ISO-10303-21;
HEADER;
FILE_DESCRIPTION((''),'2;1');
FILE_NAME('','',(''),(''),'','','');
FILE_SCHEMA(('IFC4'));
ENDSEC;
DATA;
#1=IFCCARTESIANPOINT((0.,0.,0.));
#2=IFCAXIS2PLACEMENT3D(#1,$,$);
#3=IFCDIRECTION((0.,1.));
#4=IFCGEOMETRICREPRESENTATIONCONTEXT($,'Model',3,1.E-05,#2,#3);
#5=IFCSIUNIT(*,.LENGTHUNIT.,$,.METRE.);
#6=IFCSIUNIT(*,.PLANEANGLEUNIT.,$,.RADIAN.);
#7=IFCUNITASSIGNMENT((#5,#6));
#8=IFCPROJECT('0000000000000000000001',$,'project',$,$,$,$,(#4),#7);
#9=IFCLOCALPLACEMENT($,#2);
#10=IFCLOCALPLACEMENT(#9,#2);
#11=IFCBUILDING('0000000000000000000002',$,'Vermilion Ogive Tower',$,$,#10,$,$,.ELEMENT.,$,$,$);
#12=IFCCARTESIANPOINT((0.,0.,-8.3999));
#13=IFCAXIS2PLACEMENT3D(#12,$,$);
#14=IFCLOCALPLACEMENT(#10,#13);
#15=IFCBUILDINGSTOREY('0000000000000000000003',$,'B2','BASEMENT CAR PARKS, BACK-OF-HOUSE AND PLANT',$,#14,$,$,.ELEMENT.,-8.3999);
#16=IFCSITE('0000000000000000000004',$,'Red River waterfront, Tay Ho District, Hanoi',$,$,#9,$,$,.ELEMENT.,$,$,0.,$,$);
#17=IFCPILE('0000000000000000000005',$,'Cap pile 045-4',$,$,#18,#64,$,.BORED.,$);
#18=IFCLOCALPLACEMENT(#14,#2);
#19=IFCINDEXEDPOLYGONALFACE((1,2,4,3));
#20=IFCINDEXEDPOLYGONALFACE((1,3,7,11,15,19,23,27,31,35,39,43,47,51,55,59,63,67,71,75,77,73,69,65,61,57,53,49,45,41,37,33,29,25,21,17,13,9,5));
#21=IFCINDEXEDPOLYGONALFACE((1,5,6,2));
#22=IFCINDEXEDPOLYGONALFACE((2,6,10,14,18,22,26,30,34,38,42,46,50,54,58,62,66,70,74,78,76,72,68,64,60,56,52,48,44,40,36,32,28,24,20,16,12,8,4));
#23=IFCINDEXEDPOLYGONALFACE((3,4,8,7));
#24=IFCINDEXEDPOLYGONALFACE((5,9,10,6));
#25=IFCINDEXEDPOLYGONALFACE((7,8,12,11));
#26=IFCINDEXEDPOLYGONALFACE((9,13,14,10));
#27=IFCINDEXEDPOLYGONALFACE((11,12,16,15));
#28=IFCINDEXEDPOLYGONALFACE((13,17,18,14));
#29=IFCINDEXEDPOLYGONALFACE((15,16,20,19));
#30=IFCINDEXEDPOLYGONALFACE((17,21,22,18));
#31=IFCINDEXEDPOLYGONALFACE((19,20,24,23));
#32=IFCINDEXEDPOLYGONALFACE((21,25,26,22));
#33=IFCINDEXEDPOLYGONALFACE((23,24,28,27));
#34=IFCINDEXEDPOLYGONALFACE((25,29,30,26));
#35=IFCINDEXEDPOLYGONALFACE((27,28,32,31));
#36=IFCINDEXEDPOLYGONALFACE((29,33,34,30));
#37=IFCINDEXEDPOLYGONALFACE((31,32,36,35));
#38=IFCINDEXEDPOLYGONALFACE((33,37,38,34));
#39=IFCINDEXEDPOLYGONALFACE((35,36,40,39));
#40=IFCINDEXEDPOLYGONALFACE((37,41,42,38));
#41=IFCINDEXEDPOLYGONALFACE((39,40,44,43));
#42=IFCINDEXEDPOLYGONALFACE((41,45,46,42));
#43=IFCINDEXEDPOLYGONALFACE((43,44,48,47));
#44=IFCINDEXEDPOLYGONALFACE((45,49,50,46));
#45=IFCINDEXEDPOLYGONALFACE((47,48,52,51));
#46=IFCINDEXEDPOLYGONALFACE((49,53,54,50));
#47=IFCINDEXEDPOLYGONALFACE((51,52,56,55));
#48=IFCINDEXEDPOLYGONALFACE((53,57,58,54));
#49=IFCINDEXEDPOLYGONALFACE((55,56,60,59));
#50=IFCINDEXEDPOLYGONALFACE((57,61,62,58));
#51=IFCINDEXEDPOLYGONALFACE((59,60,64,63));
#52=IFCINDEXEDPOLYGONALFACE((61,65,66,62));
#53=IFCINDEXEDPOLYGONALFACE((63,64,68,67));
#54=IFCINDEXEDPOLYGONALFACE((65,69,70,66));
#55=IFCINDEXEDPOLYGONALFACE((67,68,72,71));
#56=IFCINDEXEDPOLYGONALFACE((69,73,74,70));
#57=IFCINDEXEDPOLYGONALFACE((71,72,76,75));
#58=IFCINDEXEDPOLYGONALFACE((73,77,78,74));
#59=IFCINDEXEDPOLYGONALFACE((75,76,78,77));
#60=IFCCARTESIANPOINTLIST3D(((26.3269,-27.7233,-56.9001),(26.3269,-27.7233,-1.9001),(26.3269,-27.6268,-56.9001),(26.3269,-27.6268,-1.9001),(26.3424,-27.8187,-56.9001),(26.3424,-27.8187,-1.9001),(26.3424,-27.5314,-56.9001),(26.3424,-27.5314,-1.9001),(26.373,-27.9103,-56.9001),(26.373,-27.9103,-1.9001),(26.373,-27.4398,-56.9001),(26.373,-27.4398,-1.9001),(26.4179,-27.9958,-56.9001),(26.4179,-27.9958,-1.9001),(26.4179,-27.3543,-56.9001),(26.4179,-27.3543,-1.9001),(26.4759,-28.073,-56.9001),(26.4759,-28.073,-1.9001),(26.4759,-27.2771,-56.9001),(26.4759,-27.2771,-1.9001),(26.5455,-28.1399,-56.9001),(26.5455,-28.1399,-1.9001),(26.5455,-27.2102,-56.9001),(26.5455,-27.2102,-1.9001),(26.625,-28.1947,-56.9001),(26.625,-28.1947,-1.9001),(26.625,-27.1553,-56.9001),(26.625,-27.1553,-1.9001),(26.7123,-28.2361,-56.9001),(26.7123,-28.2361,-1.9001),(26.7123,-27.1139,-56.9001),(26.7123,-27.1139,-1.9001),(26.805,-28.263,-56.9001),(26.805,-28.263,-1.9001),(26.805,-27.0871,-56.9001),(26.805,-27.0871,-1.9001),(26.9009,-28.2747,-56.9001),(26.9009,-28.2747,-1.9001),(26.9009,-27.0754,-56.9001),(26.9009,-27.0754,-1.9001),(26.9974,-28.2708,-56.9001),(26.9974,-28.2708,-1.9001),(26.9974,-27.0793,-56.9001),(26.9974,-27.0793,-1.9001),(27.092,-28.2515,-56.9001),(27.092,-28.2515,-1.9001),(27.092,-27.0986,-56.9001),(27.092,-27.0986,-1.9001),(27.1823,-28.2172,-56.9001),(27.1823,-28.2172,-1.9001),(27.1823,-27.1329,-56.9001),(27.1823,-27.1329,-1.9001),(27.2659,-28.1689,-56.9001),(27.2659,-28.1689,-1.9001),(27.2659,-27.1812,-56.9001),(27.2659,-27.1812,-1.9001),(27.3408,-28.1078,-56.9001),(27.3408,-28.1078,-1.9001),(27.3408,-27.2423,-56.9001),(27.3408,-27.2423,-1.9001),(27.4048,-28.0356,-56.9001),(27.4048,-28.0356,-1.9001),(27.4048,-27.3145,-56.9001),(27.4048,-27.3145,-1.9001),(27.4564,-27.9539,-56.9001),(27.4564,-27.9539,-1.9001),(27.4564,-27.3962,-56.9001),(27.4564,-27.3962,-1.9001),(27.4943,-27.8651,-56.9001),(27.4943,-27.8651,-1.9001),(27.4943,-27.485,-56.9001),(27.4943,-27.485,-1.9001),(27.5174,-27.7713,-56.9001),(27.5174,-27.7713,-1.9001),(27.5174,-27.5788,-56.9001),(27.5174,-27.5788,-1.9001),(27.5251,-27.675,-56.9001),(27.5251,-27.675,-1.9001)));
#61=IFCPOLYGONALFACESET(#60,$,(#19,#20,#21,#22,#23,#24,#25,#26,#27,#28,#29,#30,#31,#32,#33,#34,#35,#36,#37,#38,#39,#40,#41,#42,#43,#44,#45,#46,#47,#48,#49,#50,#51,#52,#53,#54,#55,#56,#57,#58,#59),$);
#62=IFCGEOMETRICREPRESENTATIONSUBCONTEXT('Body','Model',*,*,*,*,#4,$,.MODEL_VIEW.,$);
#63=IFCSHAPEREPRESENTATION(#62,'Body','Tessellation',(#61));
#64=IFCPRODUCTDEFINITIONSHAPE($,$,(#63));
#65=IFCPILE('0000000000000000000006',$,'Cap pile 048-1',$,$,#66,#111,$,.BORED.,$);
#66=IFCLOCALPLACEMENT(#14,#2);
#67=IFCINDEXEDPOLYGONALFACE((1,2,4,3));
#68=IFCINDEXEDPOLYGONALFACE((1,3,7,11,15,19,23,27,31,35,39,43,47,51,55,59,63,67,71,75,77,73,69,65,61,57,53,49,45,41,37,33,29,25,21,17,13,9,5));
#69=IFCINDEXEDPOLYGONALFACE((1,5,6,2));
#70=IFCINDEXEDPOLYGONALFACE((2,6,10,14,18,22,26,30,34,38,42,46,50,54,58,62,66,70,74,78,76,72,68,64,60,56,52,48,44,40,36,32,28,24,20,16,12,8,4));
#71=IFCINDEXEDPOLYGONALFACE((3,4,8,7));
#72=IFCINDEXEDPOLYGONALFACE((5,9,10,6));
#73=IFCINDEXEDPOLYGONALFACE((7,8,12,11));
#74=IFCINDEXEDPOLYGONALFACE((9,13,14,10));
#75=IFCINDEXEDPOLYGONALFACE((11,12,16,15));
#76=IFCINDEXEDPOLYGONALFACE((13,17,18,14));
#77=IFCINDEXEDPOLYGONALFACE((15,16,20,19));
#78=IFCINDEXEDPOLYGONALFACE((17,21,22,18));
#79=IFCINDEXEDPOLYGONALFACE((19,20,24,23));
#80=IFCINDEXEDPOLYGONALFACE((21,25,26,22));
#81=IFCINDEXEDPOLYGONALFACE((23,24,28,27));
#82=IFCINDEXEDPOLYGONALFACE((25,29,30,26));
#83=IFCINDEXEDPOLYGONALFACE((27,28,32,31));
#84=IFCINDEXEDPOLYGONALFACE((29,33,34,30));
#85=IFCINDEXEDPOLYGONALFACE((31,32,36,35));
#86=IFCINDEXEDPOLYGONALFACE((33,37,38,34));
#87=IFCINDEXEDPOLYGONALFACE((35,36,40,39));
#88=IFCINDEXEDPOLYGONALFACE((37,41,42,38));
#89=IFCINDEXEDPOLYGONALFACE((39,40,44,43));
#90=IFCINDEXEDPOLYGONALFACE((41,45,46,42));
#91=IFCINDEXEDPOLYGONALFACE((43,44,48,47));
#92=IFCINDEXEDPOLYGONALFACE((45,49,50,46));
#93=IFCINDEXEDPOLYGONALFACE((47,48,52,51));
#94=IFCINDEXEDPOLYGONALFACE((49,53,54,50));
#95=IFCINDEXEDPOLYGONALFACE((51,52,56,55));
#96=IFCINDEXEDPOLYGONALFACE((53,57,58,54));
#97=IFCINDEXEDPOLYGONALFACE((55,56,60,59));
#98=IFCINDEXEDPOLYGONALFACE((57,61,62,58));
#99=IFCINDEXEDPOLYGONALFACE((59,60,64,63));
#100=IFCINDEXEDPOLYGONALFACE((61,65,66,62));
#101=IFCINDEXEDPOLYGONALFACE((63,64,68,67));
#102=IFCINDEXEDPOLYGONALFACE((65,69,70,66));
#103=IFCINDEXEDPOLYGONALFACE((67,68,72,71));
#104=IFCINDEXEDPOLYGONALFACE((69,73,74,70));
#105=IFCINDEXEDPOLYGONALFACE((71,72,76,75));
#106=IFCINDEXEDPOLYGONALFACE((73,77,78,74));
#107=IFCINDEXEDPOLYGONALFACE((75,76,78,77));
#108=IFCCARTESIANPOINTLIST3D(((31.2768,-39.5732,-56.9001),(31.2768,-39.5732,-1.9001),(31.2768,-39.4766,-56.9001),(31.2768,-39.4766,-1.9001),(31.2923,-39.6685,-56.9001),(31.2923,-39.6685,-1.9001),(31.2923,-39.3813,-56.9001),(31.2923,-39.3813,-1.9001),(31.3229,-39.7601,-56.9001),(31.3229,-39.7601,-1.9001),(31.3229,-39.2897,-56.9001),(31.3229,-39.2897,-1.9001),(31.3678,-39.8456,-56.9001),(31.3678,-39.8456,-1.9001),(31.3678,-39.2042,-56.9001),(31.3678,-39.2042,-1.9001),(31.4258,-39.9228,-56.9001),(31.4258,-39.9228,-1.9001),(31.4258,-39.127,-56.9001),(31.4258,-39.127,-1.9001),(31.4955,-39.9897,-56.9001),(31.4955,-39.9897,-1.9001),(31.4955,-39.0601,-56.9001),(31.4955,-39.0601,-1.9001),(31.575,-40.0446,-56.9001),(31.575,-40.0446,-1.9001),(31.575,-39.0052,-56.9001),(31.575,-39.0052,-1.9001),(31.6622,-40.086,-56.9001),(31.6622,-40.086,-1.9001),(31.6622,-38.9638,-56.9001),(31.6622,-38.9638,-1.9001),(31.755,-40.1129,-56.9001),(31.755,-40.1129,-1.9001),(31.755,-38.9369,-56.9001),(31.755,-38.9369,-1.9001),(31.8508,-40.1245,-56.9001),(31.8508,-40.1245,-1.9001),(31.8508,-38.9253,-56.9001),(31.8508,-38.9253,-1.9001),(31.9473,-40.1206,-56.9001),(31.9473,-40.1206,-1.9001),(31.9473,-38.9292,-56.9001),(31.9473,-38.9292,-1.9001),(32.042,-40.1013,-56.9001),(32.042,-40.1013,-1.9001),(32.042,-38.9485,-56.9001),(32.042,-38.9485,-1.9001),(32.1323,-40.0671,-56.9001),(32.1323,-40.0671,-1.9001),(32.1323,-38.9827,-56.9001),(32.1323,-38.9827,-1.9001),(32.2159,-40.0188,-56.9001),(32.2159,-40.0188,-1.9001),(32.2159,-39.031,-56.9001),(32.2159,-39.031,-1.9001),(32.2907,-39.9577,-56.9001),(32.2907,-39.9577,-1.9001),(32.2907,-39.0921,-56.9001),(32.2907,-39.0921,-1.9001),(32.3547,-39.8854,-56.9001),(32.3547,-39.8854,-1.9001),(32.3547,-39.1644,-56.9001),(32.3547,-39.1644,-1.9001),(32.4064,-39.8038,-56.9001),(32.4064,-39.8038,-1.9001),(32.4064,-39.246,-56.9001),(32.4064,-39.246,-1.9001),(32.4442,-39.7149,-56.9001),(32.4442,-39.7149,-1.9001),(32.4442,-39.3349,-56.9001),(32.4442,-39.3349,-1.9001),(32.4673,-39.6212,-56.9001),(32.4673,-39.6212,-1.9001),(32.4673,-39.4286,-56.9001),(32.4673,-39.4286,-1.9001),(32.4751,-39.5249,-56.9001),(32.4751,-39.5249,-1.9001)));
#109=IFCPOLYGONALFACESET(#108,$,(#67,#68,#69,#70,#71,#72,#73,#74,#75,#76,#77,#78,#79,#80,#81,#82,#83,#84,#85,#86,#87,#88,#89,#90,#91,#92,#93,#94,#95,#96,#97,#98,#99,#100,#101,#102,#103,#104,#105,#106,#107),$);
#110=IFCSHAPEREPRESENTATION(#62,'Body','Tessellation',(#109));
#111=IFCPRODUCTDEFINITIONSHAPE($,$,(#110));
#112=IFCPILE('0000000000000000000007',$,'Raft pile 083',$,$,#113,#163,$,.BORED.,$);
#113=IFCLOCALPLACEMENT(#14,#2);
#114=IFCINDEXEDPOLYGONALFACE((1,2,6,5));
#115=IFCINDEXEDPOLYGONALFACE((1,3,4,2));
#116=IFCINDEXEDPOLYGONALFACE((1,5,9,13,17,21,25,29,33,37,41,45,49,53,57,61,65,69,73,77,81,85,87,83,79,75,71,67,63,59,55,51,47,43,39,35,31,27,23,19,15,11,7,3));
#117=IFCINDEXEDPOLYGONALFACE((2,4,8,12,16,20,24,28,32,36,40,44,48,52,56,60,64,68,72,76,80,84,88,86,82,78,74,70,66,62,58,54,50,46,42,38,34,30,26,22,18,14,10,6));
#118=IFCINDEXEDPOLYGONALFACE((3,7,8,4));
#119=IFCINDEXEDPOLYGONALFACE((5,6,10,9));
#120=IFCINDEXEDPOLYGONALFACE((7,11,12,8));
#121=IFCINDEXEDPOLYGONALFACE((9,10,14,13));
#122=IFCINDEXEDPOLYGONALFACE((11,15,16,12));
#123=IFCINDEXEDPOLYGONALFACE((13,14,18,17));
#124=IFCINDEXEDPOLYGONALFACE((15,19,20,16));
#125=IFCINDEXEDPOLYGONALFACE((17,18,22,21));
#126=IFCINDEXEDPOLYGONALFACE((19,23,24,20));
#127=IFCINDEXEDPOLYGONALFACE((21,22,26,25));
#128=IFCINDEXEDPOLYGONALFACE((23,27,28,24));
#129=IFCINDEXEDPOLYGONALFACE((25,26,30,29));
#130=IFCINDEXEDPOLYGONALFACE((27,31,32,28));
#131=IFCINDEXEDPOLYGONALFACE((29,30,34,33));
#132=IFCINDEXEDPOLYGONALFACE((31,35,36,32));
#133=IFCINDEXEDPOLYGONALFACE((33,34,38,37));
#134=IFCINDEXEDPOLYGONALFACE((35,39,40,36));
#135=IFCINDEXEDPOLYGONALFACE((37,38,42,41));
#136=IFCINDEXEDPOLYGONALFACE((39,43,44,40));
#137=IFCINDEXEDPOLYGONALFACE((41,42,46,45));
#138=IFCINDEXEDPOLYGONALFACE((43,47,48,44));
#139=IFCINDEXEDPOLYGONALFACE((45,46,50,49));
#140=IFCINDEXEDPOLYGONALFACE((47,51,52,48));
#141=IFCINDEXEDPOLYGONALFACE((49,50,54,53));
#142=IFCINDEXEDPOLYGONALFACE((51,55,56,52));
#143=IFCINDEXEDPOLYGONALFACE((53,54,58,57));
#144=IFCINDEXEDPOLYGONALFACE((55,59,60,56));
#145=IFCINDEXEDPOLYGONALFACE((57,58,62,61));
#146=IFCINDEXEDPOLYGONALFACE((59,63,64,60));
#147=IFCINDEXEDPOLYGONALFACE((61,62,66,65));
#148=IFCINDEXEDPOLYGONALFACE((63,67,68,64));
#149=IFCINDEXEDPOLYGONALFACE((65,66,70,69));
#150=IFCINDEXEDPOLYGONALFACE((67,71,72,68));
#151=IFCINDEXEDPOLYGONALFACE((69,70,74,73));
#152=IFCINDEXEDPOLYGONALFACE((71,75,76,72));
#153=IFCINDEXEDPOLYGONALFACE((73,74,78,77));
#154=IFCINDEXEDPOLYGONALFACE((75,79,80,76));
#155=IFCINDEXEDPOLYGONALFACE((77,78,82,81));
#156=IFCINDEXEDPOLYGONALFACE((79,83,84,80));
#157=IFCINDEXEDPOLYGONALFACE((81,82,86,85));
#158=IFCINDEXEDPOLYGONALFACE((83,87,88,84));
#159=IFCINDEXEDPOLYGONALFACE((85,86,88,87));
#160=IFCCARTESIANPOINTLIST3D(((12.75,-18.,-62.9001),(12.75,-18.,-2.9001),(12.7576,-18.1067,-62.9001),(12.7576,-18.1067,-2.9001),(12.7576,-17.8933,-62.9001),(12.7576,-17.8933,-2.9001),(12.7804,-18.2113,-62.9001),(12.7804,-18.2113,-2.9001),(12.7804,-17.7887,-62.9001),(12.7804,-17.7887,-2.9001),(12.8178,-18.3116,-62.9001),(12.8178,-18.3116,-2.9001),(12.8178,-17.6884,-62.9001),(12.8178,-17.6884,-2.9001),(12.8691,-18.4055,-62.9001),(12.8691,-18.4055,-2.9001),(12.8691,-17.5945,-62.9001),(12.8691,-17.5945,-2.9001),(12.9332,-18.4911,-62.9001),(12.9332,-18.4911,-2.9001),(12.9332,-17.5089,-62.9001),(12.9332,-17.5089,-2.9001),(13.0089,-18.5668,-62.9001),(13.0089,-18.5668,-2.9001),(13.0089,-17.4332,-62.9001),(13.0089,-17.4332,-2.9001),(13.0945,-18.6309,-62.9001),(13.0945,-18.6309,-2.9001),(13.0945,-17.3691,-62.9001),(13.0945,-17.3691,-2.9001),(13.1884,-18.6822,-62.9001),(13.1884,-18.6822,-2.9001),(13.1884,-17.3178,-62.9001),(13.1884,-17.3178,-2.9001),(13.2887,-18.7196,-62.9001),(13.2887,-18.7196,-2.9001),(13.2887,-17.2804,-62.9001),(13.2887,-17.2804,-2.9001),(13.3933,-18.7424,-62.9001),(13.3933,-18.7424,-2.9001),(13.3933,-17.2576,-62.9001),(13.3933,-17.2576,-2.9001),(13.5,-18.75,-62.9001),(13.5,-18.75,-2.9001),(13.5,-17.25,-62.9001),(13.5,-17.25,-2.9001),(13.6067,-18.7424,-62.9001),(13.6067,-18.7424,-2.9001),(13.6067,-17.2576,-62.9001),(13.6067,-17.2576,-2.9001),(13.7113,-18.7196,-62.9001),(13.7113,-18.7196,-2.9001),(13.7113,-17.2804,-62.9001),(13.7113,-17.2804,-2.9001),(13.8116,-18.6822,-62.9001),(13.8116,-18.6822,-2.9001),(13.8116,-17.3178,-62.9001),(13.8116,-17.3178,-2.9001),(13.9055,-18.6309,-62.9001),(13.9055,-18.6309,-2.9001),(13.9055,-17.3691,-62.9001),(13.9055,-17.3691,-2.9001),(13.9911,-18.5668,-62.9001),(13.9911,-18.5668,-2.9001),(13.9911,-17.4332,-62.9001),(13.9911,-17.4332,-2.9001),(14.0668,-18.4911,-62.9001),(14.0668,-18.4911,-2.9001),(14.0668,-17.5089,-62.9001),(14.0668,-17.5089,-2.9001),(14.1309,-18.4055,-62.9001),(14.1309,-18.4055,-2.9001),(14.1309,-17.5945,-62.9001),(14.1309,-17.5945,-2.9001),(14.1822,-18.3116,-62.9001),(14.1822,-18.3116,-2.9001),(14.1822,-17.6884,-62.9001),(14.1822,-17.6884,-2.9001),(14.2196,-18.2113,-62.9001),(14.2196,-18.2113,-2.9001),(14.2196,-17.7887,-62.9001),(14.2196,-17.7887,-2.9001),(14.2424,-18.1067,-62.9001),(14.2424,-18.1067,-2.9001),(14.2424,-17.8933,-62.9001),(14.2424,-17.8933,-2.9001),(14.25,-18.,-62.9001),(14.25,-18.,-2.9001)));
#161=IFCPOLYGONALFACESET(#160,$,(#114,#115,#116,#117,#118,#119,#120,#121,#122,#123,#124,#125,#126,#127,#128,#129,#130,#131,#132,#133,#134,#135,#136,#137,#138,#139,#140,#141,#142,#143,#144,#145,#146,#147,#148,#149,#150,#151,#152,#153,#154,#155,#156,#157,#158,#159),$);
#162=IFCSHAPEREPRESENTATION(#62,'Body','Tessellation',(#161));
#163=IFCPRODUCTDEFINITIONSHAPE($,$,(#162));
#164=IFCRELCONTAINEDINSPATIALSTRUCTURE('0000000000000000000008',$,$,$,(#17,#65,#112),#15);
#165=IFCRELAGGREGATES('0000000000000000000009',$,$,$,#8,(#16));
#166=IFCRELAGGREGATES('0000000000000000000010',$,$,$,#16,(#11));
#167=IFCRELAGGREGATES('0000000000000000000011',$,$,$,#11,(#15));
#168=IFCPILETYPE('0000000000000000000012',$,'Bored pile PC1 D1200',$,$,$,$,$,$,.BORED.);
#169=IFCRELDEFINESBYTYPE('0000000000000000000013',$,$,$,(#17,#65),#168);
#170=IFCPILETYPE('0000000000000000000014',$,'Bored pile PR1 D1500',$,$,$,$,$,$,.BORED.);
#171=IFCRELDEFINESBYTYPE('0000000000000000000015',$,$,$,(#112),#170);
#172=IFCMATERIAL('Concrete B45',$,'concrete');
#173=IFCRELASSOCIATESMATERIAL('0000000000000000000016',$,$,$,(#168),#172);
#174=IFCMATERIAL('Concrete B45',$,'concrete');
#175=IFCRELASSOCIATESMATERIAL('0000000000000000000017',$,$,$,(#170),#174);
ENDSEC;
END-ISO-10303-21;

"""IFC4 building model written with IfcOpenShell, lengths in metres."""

from ifc_helpers import new_model, si_unit, direction, frame, origin, origin_2d, place, context, subcontext, project, spatial, circle, extrude, material, type_object, element, save


model = new_model("IFC4")

# Units and contexts
model_context = context("Model", 3, precision=1e-05, world=origin(), true_north=direction((0.0, 1.0)))
body_context = subcontext(model_context, "Body", "Model", "MODEL_VIEW")
ifc_project = project(units=[si_unit("LENGTHUNIT", "METRE"), si_unit("PLANEANGLEUNIT", "RADIAN")], contexts=[model_context])

# Site, building, storey
site_placement = place(None, origin())
site = spatial("IfcSite", under=ifc_project, at=site_placement, Name="Red River waterfront, Tay Ho District, Hanoi", CompositionType="ELEMENT", RefElevation=0.0)
building_placement = place(site_placement, origin())
building = spatial("IfcBuilding", under=site, at=building_placement, Name="Vermilion Ogive Tower", CompositionType="ELEMENT")
storey_placement = place(building_placement, frame((0.0, 0.0, -8.3999)))
storey = spatial("IfcBuildingStorey", under=building, at=storey_placement, Name="B2", Description="BASEMENT CAR PARKS, BACK-OF-HOUSE AND PLANT", CompositionType="ELEMENT", Elevation=-8.3999)

# Piles
ifc_material_1 = material(Name="Concrete B45", Category="concrete")
pile_type_1 = type_object("IfcPileType", Name="Bored pile PC1 D1200", PredefinedType="BORED", material=ifc_material_1)
for number, where, z_axis, x_axis, name in (
    (1, (26.925, -27.675, -1.9001), (0.0, 0.0, -1.0), (1.0, 0.0, 0.0), "Cap pile 045-4"),
    (2, (31.875, -39.5249, -1.9001), (0.0, 0.0, -1.0), (1.0, 0.0, 0.0), "Cap pile 048-1"),
):
    element("IfcPile", number, at=place(storey_placement, frame(where, z_axis=z_axis, x_axis=x_axis)), inside=storey, type_object=pile_type_1, Name=name, PredefinedType="BORED", context=body_context, shape_type="SweptSolid", body=[
        extrude(circle(Radius=0.6001, at=origin_2d()), origin(), (0.0, 0.0, 1.0), 55.0),
    ])
ifc_material_2 = material(Name="Concrete B45", Category="concrete")
pile_type_2 = type_object("IfcPileType", Name="Bored pile PR1 D1500", PredefinedType="BORED", material=ifc_material_2)
for number, where, z_axis, x_axis, name in (
    (3, (13.5, -18.0, -2.9001), (0.0, 0.0, -1.0), (1.0, 0.0, 0.0), "Raft pile 083"),
):
    element("IfcPile", number, at=place(storey_placement, frame(where, z_axis=z_axis, x_axis=x_axis)), inside=storey, type_object=pile_type_2, Name=name, PredefinedType="BORED", context=body_context, shape_type="SweptSolid", body=[
        extrude(circle(Radius=0.75, at=origin_2d()), origin(), (0.0, 0.0, 1.0), 60.0),
    ])

save(model, "model.ifc")
